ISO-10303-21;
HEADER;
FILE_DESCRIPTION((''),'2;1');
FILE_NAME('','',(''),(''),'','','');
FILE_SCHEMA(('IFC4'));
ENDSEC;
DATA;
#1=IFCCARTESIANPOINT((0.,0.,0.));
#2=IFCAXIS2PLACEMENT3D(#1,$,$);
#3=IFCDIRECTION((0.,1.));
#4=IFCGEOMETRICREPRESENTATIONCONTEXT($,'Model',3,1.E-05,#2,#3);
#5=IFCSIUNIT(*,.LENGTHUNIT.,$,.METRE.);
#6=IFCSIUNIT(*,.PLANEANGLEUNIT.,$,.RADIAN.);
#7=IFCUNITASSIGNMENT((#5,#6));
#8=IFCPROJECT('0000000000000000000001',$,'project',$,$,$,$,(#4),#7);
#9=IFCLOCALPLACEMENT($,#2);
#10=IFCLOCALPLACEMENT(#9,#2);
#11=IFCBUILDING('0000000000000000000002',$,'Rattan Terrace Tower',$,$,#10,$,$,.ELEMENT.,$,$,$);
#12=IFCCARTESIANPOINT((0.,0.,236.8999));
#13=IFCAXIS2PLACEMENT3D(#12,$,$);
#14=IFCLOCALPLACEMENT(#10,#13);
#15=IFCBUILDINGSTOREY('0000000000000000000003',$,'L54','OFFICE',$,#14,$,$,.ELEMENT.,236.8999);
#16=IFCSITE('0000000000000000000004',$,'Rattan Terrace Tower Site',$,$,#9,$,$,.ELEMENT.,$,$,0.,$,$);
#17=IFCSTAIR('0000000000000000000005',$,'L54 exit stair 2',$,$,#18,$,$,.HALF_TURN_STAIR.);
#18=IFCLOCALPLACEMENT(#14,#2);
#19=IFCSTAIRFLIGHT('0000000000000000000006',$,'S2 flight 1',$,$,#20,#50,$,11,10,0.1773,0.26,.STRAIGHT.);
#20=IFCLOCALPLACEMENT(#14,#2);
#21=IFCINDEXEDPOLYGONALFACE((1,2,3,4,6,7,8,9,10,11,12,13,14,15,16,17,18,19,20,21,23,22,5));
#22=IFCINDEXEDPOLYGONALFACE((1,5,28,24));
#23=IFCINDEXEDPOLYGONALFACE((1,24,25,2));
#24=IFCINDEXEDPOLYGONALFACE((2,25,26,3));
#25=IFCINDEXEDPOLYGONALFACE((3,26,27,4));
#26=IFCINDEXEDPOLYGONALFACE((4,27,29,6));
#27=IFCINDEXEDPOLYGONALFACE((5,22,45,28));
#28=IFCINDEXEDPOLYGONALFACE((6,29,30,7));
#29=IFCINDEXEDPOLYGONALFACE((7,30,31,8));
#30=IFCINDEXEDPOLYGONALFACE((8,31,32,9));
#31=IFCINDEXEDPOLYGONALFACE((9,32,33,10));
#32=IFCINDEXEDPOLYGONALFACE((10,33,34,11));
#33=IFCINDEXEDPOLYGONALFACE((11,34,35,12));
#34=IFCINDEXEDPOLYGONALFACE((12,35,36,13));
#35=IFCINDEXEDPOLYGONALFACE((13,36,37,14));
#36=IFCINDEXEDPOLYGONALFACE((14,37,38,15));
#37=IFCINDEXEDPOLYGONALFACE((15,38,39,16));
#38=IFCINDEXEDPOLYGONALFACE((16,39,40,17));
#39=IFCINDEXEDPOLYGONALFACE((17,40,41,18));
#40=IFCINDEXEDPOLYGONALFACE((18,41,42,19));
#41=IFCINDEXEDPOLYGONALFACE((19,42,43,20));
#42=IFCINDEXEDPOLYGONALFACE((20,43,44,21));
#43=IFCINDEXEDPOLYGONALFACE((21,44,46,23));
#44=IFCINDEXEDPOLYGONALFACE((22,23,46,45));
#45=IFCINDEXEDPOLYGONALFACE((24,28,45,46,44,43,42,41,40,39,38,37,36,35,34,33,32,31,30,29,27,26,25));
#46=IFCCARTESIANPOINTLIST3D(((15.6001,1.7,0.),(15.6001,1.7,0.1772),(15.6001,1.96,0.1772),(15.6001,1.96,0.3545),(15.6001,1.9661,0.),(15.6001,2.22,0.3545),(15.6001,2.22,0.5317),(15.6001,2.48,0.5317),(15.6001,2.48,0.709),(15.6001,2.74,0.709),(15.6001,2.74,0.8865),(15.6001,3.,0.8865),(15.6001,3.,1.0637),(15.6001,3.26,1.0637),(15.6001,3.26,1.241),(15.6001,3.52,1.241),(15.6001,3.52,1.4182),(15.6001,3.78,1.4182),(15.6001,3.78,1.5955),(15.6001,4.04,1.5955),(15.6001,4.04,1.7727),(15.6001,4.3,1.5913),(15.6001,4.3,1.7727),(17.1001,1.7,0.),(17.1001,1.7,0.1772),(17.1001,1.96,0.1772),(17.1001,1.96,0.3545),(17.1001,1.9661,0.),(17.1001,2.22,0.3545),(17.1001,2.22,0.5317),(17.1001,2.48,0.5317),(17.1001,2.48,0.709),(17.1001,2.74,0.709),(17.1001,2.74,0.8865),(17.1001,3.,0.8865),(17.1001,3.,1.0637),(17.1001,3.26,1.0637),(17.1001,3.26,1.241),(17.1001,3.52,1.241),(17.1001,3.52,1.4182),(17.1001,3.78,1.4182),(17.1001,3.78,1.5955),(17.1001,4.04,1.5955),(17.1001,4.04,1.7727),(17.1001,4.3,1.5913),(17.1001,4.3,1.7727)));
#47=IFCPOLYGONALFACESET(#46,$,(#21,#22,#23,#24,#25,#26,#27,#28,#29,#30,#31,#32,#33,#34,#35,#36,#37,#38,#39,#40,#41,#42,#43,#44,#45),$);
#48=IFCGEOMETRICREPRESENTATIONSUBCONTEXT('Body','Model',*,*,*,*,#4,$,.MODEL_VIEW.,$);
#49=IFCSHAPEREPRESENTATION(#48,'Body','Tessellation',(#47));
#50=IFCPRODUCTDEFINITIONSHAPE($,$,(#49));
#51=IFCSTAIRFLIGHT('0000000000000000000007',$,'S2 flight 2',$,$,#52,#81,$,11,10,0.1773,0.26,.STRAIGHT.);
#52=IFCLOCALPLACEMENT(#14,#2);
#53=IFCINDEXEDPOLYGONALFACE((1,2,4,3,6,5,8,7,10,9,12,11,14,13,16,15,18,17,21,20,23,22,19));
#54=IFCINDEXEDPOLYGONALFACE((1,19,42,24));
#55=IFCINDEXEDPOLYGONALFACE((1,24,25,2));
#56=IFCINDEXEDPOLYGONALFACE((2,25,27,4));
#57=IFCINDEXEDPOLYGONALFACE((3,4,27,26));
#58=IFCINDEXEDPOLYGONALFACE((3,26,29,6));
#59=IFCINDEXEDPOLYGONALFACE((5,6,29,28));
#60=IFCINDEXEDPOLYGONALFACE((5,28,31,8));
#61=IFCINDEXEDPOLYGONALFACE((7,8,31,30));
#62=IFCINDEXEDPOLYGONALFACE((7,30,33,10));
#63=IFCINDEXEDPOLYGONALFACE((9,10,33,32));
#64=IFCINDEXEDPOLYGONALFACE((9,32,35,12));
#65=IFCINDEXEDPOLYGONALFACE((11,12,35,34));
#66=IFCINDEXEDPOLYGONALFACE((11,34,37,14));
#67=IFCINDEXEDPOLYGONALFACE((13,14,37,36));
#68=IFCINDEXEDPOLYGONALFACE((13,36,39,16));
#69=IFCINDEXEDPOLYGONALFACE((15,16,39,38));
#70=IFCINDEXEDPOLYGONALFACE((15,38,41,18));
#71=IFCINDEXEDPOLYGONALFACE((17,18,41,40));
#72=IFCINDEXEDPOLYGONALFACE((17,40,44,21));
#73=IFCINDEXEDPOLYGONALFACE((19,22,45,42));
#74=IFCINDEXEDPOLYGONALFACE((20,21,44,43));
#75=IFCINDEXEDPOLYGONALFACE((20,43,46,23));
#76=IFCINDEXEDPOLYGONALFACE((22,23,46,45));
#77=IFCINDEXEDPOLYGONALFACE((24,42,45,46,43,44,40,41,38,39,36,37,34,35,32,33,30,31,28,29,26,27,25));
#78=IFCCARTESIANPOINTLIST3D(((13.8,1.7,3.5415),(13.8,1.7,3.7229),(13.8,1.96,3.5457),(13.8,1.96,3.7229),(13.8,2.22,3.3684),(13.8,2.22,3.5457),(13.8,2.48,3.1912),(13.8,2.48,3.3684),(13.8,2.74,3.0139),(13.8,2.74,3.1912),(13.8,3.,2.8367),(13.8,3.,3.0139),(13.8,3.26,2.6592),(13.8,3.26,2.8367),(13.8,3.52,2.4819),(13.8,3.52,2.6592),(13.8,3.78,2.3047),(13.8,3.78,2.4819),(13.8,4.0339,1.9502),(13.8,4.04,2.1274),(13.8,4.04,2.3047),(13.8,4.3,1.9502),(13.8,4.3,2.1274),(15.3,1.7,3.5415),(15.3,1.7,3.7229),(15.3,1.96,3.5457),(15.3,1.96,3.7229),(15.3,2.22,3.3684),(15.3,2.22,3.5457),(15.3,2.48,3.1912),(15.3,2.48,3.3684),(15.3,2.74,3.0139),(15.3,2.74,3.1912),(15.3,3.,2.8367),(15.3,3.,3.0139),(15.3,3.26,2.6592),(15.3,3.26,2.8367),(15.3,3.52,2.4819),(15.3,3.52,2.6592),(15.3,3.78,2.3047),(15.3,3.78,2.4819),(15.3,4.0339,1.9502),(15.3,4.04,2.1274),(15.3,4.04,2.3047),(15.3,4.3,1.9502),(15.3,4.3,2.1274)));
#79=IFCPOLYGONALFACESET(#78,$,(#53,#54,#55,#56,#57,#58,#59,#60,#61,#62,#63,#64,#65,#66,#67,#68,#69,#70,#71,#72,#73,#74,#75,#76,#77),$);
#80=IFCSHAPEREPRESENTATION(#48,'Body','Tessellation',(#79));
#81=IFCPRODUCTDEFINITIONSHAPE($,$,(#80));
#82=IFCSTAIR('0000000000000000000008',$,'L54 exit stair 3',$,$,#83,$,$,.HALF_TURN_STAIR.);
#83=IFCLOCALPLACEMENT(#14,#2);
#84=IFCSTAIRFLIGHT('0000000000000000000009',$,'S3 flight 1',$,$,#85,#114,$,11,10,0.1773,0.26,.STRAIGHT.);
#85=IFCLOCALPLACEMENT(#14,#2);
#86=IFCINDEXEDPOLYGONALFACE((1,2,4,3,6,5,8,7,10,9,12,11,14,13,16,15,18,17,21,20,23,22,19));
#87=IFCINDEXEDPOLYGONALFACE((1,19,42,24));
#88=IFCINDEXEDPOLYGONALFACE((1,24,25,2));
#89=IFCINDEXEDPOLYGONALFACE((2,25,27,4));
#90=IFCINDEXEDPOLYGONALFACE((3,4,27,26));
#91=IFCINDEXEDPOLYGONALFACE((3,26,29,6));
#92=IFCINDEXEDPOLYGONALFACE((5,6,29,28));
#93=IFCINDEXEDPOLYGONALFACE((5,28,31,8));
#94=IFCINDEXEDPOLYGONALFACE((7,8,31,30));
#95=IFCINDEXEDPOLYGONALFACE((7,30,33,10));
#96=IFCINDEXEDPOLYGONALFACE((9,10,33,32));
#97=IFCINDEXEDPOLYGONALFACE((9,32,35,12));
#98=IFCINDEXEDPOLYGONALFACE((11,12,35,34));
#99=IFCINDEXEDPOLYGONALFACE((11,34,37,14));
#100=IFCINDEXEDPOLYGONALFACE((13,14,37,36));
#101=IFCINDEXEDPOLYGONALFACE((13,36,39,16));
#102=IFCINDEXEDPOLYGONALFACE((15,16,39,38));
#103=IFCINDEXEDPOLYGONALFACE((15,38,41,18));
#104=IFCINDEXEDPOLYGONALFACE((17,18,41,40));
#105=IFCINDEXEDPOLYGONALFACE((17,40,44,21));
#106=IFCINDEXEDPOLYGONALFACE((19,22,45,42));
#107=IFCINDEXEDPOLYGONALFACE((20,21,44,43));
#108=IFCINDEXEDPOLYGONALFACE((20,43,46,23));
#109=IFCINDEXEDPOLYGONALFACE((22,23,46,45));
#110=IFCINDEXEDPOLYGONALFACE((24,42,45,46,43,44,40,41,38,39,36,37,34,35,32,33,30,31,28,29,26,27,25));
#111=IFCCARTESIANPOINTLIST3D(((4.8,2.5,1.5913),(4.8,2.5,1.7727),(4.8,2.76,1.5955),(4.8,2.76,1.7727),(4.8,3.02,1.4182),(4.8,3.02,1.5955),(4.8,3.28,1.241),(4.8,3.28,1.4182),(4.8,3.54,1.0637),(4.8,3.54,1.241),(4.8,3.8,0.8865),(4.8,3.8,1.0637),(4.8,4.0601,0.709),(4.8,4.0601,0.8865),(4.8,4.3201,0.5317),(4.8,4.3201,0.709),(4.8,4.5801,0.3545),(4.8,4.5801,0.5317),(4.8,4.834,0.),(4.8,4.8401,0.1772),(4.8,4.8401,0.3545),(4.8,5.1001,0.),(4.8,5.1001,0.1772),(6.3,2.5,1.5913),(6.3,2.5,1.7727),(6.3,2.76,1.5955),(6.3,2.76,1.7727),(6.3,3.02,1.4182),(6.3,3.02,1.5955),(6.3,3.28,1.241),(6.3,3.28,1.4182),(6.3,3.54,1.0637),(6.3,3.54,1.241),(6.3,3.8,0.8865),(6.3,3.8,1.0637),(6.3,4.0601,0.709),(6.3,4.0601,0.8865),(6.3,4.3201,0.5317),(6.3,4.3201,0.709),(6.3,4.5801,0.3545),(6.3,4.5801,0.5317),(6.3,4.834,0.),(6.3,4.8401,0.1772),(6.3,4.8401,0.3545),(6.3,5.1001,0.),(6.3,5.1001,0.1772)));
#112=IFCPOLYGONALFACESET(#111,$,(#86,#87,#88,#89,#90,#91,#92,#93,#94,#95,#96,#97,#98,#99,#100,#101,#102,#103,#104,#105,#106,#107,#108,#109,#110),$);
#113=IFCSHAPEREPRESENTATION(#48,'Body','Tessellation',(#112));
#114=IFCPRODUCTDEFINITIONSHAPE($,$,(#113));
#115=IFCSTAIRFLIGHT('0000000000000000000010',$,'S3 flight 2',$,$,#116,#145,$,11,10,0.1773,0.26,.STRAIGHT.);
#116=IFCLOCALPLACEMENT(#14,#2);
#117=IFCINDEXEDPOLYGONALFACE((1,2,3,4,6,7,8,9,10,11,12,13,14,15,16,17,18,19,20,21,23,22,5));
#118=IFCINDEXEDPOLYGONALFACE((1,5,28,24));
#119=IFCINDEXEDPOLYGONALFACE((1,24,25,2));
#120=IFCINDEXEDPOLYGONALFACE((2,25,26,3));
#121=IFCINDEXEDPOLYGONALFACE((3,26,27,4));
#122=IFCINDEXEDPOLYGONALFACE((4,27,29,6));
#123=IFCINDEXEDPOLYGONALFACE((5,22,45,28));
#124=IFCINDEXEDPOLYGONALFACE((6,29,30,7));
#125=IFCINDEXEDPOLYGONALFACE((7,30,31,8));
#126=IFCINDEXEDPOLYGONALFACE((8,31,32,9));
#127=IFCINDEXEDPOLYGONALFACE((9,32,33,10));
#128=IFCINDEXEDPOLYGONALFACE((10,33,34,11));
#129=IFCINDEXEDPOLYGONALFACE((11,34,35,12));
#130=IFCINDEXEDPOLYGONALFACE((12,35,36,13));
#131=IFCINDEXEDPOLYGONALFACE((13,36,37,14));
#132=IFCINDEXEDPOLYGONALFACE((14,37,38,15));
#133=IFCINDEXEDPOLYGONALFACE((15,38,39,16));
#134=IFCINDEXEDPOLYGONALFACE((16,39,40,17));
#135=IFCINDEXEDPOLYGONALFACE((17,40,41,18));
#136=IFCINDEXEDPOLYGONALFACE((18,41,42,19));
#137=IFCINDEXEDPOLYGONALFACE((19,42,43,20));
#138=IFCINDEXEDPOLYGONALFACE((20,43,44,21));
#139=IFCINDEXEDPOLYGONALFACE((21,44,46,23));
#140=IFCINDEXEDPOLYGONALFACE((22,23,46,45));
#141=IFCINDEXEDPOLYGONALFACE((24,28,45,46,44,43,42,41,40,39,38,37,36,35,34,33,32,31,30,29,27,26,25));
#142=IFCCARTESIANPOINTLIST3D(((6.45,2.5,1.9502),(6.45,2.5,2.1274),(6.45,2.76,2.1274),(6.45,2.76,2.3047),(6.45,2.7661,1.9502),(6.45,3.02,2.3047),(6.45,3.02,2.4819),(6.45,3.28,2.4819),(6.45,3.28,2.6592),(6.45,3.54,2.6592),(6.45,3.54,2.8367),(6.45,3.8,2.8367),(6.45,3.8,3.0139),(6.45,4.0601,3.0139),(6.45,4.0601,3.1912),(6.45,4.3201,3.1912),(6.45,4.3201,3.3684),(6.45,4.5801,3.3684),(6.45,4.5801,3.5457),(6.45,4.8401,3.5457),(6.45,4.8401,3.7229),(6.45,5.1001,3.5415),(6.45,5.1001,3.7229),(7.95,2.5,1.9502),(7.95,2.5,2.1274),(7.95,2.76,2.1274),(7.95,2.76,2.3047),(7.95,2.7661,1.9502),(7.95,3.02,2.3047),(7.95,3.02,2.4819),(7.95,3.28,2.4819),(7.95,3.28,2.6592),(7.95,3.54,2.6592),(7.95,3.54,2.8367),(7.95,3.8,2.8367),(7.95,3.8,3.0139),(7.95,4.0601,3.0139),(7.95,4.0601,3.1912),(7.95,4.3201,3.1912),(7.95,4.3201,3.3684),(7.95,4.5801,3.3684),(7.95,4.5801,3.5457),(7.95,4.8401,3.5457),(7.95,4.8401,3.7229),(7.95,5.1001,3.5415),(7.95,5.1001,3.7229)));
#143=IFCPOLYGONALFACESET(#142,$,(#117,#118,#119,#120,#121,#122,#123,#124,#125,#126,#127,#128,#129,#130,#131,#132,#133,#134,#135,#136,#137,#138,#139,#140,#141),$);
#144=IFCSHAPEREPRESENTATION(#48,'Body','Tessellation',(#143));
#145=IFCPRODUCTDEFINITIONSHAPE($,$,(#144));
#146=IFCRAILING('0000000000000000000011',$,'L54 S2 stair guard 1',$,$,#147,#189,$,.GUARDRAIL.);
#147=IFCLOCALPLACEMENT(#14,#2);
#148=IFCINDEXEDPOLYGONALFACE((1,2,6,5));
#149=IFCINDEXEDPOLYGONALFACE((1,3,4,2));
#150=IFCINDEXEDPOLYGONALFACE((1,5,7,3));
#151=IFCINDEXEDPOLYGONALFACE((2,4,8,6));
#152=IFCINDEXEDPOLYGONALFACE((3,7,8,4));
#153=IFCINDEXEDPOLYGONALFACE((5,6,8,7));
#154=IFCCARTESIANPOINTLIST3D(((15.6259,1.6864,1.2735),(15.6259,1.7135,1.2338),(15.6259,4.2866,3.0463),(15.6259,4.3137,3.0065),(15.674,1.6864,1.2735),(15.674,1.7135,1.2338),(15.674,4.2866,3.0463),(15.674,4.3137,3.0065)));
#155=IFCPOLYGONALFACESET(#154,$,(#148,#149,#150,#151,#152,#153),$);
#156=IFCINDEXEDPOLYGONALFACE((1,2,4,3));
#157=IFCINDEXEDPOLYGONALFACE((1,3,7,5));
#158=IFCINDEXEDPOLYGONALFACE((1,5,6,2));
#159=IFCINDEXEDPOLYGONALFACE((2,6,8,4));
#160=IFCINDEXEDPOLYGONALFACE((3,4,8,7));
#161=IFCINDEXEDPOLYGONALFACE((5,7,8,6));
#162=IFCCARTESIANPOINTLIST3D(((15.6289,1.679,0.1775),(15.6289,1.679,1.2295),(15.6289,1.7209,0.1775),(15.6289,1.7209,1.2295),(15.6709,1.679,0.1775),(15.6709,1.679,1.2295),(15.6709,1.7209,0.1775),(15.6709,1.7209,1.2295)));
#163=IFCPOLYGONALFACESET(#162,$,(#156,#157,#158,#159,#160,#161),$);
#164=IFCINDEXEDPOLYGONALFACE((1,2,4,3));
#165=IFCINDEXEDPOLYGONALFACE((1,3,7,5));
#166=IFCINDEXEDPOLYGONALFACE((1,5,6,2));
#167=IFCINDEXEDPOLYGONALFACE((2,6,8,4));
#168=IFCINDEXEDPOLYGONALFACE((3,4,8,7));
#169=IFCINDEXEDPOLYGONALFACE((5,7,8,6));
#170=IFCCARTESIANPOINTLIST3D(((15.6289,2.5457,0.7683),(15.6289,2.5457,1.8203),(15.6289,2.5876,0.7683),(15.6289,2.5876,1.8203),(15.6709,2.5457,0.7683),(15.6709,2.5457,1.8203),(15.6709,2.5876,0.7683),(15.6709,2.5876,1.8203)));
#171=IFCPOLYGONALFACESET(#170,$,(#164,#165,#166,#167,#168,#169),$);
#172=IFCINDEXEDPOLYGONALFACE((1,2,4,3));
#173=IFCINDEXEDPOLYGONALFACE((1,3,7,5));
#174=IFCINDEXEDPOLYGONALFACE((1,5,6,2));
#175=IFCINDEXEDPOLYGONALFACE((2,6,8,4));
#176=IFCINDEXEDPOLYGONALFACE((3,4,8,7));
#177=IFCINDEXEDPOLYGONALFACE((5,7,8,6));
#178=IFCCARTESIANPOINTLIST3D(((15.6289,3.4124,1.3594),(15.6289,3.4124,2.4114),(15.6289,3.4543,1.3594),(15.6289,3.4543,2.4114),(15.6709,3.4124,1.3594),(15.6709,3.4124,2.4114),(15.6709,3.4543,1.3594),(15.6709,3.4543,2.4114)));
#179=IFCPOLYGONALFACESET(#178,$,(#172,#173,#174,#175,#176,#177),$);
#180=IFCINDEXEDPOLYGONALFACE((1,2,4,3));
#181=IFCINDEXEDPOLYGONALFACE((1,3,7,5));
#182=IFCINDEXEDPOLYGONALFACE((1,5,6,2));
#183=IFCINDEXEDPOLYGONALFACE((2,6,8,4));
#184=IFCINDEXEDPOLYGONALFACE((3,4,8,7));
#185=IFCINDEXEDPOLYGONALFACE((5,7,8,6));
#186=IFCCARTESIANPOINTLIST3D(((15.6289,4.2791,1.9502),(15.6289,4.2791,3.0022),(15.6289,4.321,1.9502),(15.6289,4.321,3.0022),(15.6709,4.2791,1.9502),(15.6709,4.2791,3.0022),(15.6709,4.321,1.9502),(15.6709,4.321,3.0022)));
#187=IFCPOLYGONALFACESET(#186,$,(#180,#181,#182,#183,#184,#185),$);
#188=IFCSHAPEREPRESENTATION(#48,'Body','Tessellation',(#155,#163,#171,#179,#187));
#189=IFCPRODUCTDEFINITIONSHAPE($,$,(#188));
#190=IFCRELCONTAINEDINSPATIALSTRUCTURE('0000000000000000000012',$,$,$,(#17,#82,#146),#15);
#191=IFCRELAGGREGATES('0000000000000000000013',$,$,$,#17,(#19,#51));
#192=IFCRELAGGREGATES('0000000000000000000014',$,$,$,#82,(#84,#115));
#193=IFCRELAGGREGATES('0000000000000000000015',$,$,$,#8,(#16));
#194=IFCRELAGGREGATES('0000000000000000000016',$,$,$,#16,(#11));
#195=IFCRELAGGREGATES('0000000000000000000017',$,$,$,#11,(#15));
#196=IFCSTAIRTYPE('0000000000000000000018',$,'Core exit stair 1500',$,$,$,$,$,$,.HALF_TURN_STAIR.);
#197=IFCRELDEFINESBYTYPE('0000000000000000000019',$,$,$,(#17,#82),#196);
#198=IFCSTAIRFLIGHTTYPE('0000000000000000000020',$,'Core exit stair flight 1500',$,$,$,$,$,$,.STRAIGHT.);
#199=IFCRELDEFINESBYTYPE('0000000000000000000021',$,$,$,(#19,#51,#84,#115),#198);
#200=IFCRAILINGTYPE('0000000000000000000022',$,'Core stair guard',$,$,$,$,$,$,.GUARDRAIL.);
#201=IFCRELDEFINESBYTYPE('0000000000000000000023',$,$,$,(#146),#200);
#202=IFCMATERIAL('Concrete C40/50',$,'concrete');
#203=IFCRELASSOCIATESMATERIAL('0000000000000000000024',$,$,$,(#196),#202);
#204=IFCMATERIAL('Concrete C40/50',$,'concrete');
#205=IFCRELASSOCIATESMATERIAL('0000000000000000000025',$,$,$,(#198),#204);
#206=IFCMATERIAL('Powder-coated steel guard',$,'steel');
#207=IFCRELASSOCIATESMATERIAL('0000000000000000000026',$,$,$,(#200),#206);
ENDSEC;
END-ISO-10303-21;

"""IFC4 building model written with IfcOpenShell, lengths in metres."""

from ifc_helpers import new_model, si_unit, direction, frame, origin, origin_2d, place, context, subcontext, project, spatial, polyline, rectangle, outline, extrude, material, type_object, element, aggregate, save


model = new_model("IFC4")

# Units and contexts
model_context = context("Model", 3, precision=1e-05, world=origin(), true_north=direction((0.0, 1.0)))
body_context = subcontext(model_context, "Body", "Model", "MODEL_VIEW")
ifc_project = project(units=[si_unit("LENGTHUNIT", "METRE"), si_unit("PLANEANGLEUNIT", "RADIAN")], contexts=[model_context])

# Site, building, storey
site_placement = place(None, origin())
site = spatial("IfcSite", under=ifc_project, at=site_placement, Name="Rattan Terrace Tower Site", CompositionType="ELEMENT", RefElevation=0.0)
building_placement = place(site_placement, origin())
building = spatial("IfcBuilding", under=site, at=building_placement, Name="Rattan Terrace Tower", CompositionType="ELEMENT")
storey_placement = place(building_placement, frame((0.0, 0.0, 236.8999)))
storey = spatial("IfcBuildingStorey", under=building, at=storey_placement, Name="L54", Description="OFFICE", CompositionType="ELEMENT", Elevation=236.8999)

# Stairs, stair flights
ifc_material_1 = material(Name="Concrete C40/50", Category="concrete")
stair_type = type_object("IfcStairType", Name="Core exit stair 1500", PredefinedType="HALF_TURN_STAIR", material=ifc_material_1)
stair_1_placement = place(storey_placement, origin())
stair_1 = element("IfcStair", 1, at=stair_1_placement, inside=storey, type_object=stair_type, Name="L54 exit stair 2", PredefinedType="HALF_TURN_STAIR")
ifc_material_2 = material(Name="Concrete C40/50", Category="concrete")
stair_flight_type = type_object("IfcStairFlightType", Name="Core exit stair flight 1500", PredefinedType="STRAIGHT", material=ifc_material_2)
stair_flight_1_placement = place(storey_placement, frame((16.3501, 1.7, 0.0), z_axis=(0.0, 0.0, 1.0), x_axis=(0.0, 1.0, 0.0)))
stair_flight_1 = element("IfcStairFlight", 2, at=stair_flight_1_placement, type_object=stair_flight_type, Name="S2 flight 1", NumberOfRisers=11, NumberOfTreads=10, PredefinedType="STRAIGHT", RiserHeight=0.1773, TreadLength=0.26, context=body_context, shape_type="SweptSolid", body=[
    extrude(outline(polyline([(0.0, 0.0), (0.0, 0.1772), (0.26, 0.1772), (0.26, 0.3545), (0.52, 0.3545), (0.52, 0.5317), (0.78, 0.5317), (0.78, 0.709), (1.04, 0.709), (1.04, 0.8865), (1.3, 0.8865), (1.3, 1.0637), (1.5601, 1.0637), (1.5601, 1.241), (1.8201, 1.241), (1.8201, 1.4182), (2.0801, 1.4182), (2.0801, 1.5955), (2.3401, 1.5955), (2.3401, 1.7727), (2.6001, 1.7727), (2.6001, 1.95), (2.6001, 1.5913), (0.2661, 0.0), (0.0, 0.0)])), frame((0.0, 0.75, 0.0), z_axis=(0.0, -1.0, 0.0), x_axis=(1.0, 0.0, 0.0)), (0.0, 0.0, 1.0), 1.5),
])
stair_flight_2_placement = place(storey_placement, frame((14.55, 4.3, 1.9502), z_axis=(0.0, 0.0, 1.0), x_axis=(0.0, -1.0, 0.0)))
stair_flight_2 = element("IfcStairFlight", 3, at=stair_flight_2_placement, type_object=stair_flight_type, Name="S2 flight 2", NumberOfRisers=11, NumberOfTreads=10, PredefinedType="STRAIGHT", RiserHeight=0.1773, TreadLength=0.26, context=body_context, shape_type="SweptSolid", body=[
    extrude(outline(polyline([(0.0, 0.0), (0.0, 0.1772), (0.26, 0.1772), (0.26, 0.3545), (0.52, 0.3545), (0.52, 0.5317), (0.78, 0.5317), (0.78, 0.709), (1.04, 0.709), (1.04, 0.8865), (1.3, 0.8865), (1.3, 1.0637), (1.5601, 1.0637), (1.5601, 1.241), (1.8201, 1.241), (1.8201, 1.4182), (2.0801, 1.4182), (2.0801, 1.5955), (2.3401, 1.5955), (2.3401, 1.7727), (2.6001, 1.7727), (2.6001, 1.95), (2.6001, 1.5913), (0.2661, 0.0), (0.0, 0.0)])), frame((0.0, 0.75, 0.0), z_axis=(0.0, -1.0, 0.0), x_axis=(1.0, 0.0, 0.0)), (0.0, 0.0, 1.0), 1.5),
])
aggregate(stair_1, [stair_flight_1, stair_flight_2])
stair_2_placement = place(storey_placement, origin())
stair_2 = element("IfcStair", 4, at=stair_2_placement, inside=storey, type_object=stair_type, Name="L54 exit stair 3", PredefinedType="HALF_TURN_STAIR")
stair_flight_3_placement = place(storey_placement, frame((5.55, 5.1001, 0.0), z_axis=(0.0, 0.0, 1.0), x_axis=(0.0, -1.0, 0.0)))
stair_flight_3 = element("IfcStairFlight", 5, at=stair_flight_3_placement, type_object=stair_flight_type, Name="S3 flight 1", NumberOfRisers=11, NumberOfTreads=10, PredefinedType="STRAIGHT", RiserHeight=0.1773, TreadLength=0.26, context=body_context, shape_type="SweptSolid", body=[
    extrude(outline(polyline([(0.0, 0.0), (0.0, 0.1772), (0.26, 0.1772), (0.26, 0.3545), (0.52, 0.3545), (0.52, 0.5317), (0.78, 0.5317), (0.78, 0.709), (1.04, 0.709), (1.04, 0.8865), (1.3, 0.8865), (1.3, 1.0637), (1.5601, 1.0637), (1.5601, 1.241), (1.8201, 1.241), (1.8201, 1.4182), (2.0801, 1.4182), (2.0801, 1.5955), (2.3401, 1.5955), (2.3401, 1.7727), (2.6001, 1.7727), (2.6001, 1.95), (2.6001, 1.5913), (0.2661, 0.0), (0.0, 0.0)])), frame((0.0, 0.75, 0.0), z_axis=(0.0, -1.0, 0.0), x_axis=(1.0, 0.0, 0.0)), (0.0, 0.0, 1.0), 1.5),
])
stair_flight_4_placement = place(storey_placement, frame((7.2, 2.5, 1.9502), z_axis=(0.0, 0.0, 1.0), x_axis=(0.0, 1.0, 0.0)))
stair_flight_4 = element("IfcStairFlight", 6, at=stair_flight_4_placement, type_object=stair_flight_type, Name="S3 flight 2", NumberOfRisers=11, NumberOfTreads=10, PredefinedType="STRAIGHT", RiserHeight=0.1773, TreadLength=0.26, context=body_context, shape_type="SweptSolid", body=[
    extrude(outline(polyline([(0.0, 0.0), (0.0, 0.1772), (0.26, 0.1772), (0.26, 0.3545), (0.52, 0.3545), (0.52, 0.5317), (0.78, 0.5317), (0.78, 0.709), (1.04, 0.709), (1.04, 0.8865), (1.3, 0.8865), (1.3, 1.0637), (1.5601, 1.0637), (1.5601, 1.241), (1.8201, 1.241), (1.8201, 1.4182), (2.0801, 1.4182), (2.0801, 1.5955), (2.3401, 1.5955), (2.3401, 1.7727), (2.6001, 1.7727), (2.6001, 1.95), (2.6001, 1.5913), (0.2661, 0.0), (0.0, 0.0)])), frame((0.0, 0.75, 0.0), z_axis=(0.0, -1.0, 0.0), x_axis=(1.0, 0.0, 0.0)), (0.0, 0.0, 1.0), 1.5),
])
aggregate(stair_2, [stair_flight_3, stair_flight_4])

# Railing
ifc_material_3 = material(Name="Powder-coated steel guard", Category="steel")
railing_type_1 = type_object("IfcRailingType", Name="Core stair guard", PredefinedType="GUARDRAIL", material=ifc_material_3)
railing_1_placement = place(storey_placement, frame((15.6499, 1.7, 0.1775)))
element("IfcRailing", 7, at=railing_1_placement, inside=storey, type_object=railing_type_1, Name="L54 S2 stair guard 1", PredefinedType="GUARDRAIL", context=body_context, shape_type="SweptSolid", body=[
    extrude(rectangle(XDim=0.0481, YDim=0.0481, at=origin_2d()), frame((0.0, 0.0, 1.0762), z_axis=(0.0, 0.82624, 0.563318), x_axis=(-1.0, 0.0, 0.0)), (0.0, 0.0, 1.0), 3.147),
    extrude(rectangle(XDim=0.042, YDim=0.042, at=origin_2d()), origin(), (0.0, 0.0, 1.0), 1.052),
    extrude(rectangle(XDim=0.042, YDim=0.042, at=origin_2d()), frame((0.0, 0.8667, 0.5908)), (0.0, 0.0, 1.0), 1.052),
    extrude(rectangle(XDim=0.042, YDim=0.042, at=origin_2d()), frame((0.0, 1.7334, 1.1819)), (0.0, 0.0, 1.0), 1.052),
    extrude(rectangle(XDim=0.042, YDim=0.042, at=origin_2d()), frame((0.0, 2.6001, 1.7727)), (0.0, 0.0, 1.0), 1.052),
])

save(model, "model.ifc")
